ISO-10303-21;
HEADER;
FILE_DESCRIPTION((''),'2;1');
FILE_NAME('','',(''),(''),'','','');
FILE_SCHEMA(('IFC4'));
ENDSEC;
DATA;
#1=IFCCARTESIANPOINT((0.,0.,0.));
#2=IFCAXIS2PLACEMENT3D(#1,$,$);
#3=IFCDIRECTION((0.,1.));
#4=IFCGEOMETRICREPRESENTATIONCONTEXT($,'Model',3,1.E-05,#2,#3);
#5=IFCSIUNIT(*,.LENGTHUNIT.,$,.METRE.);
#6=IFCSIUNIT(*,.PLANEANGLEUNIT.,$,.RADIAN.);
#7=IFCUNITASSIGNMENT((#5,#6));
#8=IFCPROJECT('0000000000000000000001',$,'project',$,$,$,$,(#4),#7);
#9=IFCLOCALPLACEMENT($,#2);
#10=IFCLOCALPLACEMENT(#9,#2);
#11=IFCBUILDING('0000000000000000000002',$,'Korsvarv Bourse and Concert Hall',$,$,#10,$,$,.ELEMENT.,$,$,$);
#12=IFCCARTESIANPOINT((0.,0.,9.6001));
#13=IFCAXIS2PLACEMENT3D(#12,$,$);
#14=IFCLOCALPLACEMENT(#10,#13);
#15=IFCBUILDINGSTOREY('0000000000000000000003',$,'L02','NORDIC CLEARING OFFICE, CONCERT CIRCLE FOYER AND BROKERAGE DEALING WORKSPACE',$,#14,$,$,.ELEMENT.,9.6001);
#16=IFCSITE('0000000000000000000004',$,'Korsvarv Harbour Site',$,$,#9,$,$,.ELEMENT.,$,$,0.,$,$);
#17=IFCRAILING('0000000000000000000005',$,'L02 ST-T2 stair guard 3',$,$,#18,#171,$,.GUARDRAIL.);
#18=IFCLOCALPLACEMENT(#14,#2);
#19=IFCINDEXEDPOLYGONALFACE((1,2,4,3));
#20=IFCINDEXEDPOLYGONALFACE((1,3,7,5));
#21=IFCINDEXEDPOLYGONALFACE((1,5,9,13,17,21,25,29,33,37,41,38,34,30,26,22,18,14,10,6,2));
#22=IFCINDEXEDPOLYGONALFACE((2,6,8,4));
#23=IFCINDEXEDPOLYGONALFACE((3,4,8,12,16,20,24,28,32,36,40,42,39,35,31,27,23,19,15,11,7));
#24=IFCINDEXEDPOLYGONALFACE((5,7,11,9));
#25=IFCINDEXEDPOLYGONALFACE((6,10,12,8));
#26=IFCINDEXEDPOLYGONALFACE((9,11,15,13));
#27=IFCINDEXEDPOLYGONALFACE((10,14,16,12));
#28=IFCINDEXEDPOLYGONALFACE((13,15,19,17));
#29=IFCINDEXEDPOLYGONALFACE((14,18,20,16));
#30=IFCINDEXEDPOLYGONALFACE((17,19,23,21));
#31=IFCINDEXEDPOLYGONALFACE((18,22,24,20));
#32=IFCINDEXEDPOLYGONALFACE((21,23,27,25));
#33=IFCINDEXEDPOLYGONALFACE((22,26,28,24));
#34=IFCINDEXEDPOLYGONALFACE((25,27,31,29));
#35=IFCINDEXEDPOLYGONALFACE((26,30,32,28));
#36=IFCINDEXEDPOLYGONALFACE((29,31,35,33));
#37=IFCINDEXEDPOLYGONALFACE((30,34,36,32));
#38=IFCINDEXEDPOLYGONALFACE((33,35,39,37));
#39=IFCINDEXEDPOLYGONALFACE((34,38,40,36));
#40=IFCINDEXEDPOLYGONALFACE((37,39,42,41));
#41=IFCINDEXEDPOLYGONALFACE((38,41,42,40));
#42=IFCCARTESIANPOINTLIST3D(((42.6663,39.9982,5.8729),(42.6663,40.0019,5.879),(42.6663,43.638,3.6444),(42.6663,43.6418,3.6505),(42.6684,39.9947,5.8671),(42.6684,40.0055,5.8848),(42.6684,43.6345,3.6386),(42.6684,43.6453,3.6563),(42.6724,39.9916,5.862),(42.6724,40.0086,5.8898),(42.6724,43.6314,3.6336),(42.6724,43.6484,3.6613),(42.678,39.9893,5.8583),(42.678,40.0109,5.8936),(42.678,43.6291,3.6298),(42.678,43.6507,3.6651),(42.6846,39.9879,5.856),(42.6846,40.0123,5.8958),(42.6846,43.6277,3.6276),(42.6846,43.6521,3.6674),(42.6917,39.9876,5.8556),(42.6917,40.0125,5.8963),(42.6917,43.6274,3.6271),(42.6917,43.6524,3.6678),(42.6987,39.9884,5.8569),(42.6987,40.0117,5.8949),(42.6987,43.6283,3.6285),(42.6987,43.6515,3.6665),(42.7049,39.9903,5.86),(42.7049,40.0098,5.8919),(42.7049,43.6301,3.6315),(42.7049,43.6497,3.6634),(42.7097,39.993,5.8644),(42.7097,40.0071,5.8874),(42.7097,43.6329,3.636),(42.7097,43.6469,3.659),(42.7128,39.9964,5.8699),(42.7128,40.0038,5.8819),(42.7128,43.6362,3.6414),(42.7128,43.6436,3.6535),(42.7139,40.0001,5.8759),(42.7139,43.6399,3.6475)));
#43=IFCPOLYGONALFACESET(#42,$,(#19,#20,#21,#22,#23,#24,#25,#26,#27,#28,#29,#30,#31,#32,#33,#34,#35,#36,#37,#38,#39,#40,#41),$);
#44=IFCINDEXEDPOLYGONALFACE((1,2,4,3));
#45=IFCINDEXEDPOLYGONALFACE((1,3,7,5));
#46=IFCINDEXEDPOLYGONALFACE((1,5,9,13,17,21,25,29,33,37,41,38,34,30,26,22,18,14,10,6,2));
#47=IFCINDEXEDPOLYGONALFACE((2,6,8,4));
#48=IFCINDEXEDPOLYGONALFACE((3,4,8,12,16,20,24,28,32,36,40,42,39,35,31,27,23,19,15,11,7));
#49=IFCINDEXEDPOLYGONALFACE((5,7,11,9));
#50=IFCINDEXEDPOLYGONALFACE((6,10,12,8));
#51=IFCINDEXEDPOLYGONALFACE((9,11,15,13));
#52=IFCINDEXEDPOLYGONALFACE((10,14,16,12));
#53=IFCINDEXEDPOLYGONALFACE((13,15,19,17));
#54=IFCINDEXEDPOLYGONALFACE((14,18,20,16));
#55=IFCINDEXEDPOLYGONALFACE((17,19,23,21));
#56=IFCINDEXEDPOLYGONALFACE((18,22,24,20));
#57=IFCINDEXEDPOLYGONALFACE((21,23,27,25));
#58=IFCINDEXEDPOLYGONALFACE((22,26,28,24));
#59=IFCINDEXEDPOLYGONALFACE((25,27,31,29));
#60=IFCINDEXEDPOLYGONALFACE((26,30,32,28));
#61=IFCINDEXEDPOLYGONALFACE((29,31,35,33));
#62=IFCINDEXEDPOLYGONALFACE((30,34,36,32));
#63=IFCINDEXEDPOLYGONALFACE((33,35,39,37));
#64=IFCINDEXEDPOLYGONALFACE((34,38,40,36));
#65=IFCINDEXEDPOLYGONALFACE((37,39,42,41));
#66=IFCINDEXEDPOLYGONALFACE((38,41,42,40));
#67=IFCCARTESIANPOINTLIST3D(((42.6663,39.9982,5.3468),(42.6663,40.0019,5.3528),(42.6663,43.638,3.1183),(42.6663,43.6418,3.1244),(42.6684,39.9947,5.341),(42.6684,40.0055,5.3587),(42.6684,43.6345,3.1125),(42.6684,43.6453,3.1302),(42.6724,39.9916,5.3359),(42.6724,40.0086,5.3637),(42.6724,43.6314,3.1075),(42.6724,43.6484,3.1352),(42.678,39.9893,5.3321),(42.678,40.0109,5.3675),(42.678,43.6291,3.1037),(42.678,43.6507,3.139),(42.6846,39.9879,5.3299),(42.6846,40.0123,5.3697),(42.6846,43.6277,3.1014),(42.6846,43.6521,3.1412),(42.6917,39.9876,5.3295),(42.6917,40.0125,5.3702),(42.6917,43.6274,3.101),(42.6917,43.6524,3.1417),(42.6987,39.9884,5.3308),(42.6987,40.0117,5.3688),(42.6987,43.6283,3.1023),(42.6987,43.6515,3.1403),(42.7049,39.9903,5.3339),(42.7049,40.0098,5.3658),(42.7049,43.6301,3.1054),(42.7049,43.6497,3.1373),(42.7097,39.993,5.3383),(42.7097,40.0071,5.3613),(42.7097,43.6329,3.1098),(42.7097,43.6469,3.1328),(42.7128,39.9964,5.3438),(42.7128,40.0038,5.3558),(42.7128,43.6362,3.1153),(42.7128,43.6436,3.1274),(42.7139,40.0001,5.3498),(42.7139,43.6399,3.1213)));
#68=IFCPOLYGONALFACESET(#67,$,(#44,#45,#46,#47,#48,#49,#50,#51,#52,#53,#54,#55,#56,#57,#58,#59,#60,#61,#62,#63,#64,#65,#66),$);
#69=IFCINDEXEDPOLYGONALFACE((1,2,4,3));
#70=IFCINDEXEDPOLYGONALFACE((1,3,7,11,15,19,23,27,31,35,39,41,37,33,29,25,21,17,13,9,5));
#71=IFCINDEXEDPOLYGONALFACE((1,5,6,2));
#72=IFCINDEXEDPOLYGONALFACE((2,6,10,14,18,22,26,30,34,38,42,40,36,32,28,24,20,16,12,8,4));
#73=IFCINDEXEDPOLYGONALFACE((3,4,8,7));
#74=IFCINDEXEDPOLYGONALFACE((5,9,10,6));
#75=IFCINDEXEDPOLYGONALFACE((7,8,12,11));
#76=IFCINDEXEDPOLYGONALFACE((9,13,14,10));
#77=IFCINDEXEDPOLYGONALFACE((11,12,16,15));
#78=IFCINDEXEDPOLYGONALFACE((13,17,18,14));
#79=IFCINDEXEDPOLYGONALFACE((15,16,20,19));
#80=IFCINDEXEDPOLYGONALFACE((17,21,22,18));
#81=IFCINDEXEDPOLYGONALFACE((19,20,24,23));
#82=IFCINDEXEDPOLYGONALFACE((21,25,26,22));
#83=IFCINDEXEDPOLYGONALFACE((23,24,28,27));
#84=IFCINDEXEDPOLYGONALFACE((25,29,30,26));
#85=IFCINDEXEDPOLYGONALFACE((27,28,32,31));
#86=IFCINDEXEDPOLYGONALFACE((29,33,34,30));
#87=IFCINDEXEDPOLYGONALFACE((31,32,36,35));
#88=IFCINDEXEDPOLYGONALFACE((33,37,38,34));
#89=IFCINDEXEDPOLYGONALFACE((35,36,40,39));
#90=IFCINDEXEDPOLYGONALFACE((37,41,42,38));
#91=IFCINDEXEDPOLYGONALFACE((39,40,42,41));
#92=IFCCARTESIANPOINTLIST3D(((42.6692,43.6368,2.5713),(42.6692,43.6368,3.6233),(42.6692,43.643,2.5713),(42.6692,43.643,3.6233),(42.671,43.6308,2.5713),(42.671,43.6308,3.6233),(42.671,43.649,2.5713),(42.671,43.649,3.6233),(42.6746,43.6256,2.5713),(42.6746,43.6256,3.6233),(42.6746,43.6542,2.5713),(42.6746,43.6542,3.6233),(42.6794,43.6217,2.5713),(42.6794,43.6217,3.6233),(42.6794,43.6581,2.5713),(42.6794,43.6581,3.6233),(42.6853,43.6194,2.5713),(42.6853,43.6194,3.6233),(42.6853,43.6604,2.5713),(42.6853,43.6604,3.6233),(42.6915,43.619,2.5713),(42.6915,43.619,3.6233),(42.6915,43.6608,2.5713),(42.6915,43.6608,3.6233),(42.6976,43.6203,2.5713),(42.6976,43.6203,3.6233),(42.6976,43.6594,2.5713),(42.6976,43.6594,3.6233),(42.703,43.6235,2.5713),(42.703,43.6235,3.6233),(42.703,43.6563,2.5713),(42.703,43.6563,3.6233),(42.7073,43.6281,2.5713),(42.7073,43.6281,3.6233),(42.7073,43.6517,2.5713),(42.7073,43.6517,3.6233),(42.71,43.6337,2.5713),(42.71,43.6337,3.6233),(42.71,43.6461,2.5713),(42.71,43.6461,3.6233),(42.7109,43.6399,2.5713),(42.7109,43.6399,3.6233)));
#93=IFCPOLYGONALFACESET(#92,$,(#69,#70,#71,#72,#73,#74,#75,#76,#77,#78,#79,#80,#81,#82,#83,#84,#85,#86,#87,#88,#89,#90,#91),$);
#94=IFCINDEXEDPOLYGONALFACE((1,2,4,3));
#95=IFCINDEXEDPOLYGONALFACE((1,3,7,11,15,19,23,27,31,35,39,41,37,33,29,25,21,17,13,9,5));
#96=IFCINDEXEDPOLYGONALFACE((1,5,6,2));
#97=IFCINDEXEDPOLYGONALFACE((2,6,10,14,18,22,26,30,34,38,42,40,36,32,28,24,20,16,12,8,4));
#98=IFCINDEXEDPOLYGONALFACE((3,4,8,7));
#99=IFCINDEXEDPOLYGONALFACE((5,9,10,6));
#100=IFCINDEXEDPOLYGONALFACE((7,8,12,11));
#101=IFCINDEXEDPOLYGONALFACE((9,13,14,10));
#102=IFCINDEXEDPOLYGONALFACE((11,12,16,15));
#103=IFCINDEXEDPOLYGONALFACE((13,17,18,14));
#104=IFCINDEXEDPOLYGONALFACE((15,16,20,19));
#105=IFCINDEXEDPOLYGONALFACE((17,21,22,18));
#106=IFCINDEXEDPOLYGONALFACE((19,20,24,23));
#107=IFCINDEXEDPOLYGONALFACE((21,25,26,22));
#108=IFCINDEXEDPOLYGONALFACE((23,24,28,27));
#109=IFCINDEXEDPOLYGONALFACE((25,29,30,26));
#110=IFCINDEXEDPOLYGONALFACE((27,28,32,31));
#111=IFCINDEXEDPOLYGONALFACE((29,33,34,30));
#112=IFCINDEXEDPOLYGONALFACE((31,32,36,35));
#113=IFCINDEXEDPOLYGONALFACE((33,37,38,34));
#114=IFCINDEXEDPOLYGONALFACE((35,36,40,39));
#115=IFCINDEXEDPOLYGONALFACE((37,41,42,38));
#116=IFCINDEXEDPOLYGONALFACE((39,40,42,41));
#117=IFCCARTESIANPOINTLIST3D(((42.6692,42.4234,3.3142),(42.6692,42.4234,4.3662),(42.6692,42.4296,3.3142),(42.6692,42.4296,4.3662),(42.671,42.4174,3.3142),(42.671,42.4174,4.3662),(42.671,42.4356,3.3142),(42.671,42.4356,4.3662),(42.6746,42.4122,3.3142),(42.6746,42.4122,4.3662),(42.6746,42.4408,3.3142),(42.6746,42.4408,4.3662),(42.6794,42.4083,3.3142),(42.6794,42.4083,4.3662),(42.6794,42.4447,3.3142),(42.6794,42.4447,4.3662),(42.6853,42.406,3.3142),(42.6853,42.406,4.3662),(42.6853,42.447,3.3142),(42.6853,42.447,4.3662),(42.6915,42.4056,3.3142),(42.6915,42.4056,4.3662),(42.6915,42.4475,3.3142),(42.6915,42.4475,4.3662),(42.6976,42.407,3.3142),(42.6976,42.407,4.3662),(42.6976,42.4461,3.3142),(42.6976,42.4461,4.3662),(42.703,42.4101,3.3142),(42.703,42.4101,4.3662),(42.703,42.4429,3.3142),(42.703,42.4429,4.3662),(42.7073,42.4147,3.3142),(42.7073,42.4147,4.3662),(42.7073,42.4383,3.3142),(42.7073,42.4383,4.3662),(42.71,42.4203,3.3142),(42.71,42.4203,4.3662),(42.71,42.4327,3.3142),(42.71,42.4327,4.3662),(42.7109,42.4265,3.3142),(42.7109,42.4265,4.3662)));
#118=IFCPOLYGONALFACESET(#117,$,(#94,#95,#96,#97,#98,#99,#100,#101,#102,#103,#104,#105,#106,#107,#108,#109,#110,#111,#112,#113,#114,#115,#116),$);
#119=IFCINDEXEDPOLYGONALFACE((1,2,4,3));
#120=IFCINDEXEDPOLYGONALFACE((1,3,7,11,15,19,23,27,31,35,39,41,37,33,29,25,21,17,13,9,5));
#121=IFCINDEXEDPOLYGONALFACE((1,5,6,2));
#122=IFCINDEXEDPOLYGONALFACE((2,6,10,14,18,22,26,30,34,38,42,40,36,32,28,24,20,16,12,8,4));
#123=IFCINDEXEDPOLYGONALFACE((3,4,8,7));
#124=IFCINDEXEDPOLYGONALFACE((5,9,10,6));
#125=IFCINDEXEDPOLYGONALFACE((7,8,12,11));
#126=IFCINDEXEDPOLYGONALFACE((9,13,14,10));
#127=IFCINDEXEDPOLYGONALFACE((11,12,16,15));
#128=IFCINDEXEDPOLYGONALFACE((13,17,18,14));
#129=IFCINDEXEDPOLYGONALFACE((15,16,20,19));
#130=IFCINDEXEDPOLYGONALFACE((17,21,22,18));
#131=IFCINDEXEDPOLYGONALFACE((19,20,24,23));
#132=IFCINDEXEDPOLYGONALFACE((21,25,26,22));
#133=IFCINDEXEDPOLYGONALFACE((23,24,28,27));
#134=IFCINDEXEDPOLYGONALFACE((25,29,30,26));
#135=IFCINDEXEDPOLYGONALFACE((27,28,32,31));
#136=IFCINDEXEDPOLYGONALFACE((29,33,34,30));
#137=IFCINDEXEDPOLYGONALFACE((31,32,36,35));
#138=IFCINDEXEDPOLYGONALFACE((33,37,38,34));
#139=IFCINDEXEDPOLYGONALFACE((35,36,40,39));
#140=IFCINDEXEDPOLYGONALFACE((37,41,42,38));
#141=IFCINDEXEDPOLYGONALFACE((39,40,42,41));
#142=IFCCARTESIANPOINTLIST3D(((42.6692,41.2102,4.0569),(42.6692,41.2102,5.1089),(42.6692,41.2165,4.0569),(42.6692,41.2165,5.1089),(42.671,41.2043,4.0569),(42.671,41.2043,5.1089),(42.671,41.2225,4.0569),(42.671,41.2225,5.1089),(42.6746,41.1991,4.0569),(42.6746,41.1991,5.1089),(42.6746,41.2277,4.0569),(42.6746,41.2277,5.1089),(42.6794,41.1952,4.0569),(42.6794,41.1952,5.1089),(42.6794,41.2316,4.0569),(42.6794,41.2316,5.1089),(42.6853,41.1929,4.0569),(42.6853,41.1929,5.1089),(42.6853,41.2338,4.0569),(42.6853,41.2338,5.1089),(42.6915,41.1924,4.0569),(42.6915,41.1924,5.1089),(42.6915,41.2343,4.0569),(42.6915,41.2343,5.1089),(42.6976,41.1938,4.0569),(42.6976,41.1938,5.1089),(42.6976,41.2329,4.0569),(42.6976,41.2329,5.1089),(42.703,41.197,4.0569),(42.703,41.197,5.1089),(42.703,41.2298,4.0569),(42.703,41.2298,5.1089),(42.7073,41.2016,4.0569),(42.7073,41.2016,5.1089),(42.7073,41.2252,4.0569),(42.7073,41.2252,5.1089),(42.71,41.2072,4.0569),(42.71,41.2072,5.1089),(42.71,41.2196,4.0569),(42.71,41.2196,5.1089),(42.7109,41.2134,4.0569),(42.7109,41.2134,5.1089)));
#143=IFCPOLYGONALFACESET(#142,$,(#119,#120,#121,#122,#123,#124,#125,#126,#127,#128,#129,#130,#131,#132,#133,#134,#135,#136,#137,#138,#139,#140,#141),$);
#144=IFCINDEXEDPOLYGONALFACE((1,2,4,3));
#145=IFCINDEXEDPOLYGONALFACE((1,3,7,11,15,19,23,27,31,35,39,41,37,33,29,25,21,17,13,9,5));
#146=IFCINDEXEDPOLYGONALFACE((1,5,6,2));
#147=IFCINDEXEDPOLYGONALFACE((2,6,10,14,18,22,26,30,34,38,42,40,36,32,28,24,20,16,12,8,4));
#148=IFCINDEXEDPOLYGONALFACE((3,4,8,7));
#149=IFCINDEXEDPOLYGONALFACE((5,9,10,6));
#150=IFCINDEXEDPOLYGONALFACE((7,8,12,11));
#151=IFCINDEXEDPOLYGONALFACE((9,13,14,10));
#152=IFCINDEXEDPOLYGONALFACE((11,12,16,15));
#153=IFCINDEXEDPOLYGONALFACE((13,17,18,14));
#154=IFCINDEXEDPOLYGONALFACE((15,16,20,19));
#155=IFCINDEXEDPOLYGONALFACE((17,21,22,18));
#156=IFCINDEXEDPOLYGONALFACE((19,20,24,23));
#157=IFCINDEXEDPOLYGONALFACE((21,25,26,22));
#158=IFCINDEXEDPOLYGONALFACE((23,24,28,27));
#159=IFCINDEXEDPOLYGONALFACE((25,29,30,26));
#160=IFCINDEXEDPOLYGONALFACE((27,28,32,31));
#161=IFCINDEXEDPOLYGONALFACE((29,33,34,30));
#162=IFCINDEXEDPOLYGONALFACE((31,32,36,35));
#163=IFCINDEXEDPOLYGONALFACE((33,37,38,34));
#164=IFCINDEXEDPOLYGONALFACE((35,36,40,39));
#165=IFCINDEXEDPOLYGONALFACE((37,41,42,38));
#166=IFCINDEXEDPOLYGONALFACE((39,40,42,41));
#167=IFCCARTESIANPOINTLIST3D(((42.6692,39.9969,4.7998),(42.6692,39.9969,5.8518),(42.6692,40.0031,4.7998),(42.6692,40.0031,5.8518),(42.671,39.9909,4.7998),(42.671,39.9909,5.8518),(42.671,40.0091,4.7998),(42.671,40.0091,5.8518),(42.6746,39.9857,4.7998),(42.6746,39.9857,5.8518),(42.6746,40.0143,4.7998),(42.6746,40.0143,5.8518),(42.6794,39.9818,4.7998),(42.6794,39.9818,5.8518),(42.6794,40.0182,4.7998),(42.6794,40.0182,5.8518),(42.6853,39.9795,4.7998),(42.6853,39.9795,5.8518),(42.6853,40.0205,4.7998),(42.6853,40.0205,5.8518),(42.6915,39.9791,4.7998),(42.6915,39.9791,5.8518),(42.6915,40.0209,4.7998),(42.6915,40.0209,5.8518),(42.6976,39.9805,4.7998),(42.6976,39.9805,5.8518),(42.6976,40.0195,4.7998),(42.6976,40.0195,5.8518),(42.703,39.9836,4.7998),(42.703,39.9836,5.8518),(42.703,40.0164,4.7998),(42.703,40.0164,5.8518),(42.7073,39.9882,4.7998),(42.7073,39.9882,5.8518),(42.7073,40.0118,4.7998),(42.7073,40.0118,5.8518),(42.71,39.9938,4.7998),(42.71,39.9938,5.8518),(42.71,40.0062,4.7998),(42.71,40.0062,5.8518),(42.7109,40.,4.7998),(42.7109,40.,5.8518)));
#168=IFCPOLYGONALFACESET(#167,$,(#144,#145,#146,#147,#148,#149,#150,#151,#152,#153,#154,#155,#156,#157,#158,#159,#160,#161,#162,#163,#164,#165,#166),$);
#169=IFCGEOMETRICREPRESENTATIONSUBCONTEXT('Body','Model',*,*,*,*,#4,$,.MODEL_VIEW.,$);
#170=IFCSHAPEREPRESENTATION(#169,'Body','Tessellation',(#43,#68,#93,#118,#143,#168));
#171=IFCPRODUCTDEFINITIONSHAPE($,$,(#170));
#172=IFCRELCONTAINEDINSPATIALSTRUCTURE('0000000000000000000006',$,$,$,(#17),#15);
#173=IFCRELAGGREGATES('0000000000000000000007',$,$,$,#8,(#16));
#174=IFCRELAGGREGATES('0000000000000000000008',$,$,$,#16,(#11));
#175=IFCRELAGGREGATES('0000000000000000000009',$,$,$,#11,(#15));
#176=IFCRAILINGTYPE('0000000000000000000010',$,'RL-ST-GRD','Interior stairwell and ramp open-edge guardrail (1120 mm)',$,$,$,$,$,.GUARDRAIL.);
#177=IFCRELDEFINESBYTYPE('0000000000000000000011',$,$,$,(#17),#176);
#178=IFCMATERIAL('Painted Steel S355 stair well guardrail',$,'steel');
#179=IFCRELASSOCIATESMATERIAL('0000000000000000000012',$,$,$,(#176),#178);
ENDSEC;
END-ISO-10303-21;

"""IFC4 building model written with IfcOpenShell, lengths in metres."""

from ifc_helpers import new_model, si_unit, direction, frame, origin, origin_2d, place, context, subcontext, project, spatial, circle, extrude, material, type_object, element, save


model = new_model("IFC4")

# Units and contexts
model_context = context("Model", 3, precision=1e-05, world=origin(), true_north=direction((0.0, 1.0)))
body_context = subcontext(model_context, "Body", "Model", "MODEL_VIEW")
ifc_project = project(units=[si_unit("LENGTHUNIT", "METRE"), si_unit("PLANEANGLEUNIT", "RADIAN")], contexts=[model_context])

# Site, building, storey
site_placement = place(None, origin())
site = spatial("IfcSite", under=ifc_project, at=site_placement, Name="Korsvarv Harbour Site", CompositionType="ELEMENT", RefElevation=0.0)
building_placement = place(site_placement, origin())
building = spatial("IfcBuilding", under=site, at=building_placement, Name="Korsvarv Bourse and Concert Hall", CompositionType="ELEMENT")
storey_placement = place(building_placement, frame((0.0, 0.0, 9.6001)))
storey = spatial("IfcBuildingStorey", under=building, at=storey_placement, Name="L02", Description="NORDIC CLEARING OFFICE, CONCERT CIRCLE FOYER AND BROKERAGE DEALING WORKSPACE", CompositionType="ELEMENT", Elevation=9.6001)

# Railing
ifc_material_1 = material(Name="Painted Steel S355 stair well guardrail", Category="steel")
railing_type_1 = type_object("IfcRailingType", Name="RL-ST-GRD", Description="Interior stairwell and ramp open-edge guardrail (1120 mm)", PredefinedType="GUARDRAIL", material=ifc_material_1)
railing_1_placement = place(storey_placement, frame((42.6899, 43.6399, 2.5713)))
element("IfcRailing", 1, at=railing_1_placement, inside=storey, type_object=railing_type_1, Name="L02 ST-T2 stair guard 3", PredefinedType="GUARDRAIL", context=body_context, shape_type="SweptSolid", body=[
    extrude(circle(Radius=0.0239, at=origin_2d()), frame((0.0, 0.0, 1.0762), z_axis=(0.0, -0.85285, 0.522156), x_axis=(1.0, 0.0, 0.0)), (0.0, 0.0, 1.0), 4.2678),
    extrude(circle(Radius=0.0239, at=origin_2d()), frame((0.0, 0.0, 0.55), z_axis=(0.0, -0.85285, 0.522156), x_axis=(1.0, 0.0, 0.0)), (0.0, 0.0, 1.0), 4.2678),
    extrude(circle(Radius=0.021, at=origin_2d()), origin(), (0.0, 0.0, 1.0), 1.052),
    extrude(circle(Radius=0.021, at=origin_2d()), frame((0.0, -1.2134, 0.7429)), (0.0, 0.0, 1.0), 1.052),
    extrude(circle(Radius=0.021, at=origin_2d()), frame((0.0, -2.4265, 1.4856)), (0.0, 0.0, 1.0), 1.052),
    extrude(circle(Radius=0.021, at=origin_2d()), frame((0.0, -3.6399, 2.2285)), (0.0, 0.0, 1.0), 1.052),
])

save(model, "model.ifc")
